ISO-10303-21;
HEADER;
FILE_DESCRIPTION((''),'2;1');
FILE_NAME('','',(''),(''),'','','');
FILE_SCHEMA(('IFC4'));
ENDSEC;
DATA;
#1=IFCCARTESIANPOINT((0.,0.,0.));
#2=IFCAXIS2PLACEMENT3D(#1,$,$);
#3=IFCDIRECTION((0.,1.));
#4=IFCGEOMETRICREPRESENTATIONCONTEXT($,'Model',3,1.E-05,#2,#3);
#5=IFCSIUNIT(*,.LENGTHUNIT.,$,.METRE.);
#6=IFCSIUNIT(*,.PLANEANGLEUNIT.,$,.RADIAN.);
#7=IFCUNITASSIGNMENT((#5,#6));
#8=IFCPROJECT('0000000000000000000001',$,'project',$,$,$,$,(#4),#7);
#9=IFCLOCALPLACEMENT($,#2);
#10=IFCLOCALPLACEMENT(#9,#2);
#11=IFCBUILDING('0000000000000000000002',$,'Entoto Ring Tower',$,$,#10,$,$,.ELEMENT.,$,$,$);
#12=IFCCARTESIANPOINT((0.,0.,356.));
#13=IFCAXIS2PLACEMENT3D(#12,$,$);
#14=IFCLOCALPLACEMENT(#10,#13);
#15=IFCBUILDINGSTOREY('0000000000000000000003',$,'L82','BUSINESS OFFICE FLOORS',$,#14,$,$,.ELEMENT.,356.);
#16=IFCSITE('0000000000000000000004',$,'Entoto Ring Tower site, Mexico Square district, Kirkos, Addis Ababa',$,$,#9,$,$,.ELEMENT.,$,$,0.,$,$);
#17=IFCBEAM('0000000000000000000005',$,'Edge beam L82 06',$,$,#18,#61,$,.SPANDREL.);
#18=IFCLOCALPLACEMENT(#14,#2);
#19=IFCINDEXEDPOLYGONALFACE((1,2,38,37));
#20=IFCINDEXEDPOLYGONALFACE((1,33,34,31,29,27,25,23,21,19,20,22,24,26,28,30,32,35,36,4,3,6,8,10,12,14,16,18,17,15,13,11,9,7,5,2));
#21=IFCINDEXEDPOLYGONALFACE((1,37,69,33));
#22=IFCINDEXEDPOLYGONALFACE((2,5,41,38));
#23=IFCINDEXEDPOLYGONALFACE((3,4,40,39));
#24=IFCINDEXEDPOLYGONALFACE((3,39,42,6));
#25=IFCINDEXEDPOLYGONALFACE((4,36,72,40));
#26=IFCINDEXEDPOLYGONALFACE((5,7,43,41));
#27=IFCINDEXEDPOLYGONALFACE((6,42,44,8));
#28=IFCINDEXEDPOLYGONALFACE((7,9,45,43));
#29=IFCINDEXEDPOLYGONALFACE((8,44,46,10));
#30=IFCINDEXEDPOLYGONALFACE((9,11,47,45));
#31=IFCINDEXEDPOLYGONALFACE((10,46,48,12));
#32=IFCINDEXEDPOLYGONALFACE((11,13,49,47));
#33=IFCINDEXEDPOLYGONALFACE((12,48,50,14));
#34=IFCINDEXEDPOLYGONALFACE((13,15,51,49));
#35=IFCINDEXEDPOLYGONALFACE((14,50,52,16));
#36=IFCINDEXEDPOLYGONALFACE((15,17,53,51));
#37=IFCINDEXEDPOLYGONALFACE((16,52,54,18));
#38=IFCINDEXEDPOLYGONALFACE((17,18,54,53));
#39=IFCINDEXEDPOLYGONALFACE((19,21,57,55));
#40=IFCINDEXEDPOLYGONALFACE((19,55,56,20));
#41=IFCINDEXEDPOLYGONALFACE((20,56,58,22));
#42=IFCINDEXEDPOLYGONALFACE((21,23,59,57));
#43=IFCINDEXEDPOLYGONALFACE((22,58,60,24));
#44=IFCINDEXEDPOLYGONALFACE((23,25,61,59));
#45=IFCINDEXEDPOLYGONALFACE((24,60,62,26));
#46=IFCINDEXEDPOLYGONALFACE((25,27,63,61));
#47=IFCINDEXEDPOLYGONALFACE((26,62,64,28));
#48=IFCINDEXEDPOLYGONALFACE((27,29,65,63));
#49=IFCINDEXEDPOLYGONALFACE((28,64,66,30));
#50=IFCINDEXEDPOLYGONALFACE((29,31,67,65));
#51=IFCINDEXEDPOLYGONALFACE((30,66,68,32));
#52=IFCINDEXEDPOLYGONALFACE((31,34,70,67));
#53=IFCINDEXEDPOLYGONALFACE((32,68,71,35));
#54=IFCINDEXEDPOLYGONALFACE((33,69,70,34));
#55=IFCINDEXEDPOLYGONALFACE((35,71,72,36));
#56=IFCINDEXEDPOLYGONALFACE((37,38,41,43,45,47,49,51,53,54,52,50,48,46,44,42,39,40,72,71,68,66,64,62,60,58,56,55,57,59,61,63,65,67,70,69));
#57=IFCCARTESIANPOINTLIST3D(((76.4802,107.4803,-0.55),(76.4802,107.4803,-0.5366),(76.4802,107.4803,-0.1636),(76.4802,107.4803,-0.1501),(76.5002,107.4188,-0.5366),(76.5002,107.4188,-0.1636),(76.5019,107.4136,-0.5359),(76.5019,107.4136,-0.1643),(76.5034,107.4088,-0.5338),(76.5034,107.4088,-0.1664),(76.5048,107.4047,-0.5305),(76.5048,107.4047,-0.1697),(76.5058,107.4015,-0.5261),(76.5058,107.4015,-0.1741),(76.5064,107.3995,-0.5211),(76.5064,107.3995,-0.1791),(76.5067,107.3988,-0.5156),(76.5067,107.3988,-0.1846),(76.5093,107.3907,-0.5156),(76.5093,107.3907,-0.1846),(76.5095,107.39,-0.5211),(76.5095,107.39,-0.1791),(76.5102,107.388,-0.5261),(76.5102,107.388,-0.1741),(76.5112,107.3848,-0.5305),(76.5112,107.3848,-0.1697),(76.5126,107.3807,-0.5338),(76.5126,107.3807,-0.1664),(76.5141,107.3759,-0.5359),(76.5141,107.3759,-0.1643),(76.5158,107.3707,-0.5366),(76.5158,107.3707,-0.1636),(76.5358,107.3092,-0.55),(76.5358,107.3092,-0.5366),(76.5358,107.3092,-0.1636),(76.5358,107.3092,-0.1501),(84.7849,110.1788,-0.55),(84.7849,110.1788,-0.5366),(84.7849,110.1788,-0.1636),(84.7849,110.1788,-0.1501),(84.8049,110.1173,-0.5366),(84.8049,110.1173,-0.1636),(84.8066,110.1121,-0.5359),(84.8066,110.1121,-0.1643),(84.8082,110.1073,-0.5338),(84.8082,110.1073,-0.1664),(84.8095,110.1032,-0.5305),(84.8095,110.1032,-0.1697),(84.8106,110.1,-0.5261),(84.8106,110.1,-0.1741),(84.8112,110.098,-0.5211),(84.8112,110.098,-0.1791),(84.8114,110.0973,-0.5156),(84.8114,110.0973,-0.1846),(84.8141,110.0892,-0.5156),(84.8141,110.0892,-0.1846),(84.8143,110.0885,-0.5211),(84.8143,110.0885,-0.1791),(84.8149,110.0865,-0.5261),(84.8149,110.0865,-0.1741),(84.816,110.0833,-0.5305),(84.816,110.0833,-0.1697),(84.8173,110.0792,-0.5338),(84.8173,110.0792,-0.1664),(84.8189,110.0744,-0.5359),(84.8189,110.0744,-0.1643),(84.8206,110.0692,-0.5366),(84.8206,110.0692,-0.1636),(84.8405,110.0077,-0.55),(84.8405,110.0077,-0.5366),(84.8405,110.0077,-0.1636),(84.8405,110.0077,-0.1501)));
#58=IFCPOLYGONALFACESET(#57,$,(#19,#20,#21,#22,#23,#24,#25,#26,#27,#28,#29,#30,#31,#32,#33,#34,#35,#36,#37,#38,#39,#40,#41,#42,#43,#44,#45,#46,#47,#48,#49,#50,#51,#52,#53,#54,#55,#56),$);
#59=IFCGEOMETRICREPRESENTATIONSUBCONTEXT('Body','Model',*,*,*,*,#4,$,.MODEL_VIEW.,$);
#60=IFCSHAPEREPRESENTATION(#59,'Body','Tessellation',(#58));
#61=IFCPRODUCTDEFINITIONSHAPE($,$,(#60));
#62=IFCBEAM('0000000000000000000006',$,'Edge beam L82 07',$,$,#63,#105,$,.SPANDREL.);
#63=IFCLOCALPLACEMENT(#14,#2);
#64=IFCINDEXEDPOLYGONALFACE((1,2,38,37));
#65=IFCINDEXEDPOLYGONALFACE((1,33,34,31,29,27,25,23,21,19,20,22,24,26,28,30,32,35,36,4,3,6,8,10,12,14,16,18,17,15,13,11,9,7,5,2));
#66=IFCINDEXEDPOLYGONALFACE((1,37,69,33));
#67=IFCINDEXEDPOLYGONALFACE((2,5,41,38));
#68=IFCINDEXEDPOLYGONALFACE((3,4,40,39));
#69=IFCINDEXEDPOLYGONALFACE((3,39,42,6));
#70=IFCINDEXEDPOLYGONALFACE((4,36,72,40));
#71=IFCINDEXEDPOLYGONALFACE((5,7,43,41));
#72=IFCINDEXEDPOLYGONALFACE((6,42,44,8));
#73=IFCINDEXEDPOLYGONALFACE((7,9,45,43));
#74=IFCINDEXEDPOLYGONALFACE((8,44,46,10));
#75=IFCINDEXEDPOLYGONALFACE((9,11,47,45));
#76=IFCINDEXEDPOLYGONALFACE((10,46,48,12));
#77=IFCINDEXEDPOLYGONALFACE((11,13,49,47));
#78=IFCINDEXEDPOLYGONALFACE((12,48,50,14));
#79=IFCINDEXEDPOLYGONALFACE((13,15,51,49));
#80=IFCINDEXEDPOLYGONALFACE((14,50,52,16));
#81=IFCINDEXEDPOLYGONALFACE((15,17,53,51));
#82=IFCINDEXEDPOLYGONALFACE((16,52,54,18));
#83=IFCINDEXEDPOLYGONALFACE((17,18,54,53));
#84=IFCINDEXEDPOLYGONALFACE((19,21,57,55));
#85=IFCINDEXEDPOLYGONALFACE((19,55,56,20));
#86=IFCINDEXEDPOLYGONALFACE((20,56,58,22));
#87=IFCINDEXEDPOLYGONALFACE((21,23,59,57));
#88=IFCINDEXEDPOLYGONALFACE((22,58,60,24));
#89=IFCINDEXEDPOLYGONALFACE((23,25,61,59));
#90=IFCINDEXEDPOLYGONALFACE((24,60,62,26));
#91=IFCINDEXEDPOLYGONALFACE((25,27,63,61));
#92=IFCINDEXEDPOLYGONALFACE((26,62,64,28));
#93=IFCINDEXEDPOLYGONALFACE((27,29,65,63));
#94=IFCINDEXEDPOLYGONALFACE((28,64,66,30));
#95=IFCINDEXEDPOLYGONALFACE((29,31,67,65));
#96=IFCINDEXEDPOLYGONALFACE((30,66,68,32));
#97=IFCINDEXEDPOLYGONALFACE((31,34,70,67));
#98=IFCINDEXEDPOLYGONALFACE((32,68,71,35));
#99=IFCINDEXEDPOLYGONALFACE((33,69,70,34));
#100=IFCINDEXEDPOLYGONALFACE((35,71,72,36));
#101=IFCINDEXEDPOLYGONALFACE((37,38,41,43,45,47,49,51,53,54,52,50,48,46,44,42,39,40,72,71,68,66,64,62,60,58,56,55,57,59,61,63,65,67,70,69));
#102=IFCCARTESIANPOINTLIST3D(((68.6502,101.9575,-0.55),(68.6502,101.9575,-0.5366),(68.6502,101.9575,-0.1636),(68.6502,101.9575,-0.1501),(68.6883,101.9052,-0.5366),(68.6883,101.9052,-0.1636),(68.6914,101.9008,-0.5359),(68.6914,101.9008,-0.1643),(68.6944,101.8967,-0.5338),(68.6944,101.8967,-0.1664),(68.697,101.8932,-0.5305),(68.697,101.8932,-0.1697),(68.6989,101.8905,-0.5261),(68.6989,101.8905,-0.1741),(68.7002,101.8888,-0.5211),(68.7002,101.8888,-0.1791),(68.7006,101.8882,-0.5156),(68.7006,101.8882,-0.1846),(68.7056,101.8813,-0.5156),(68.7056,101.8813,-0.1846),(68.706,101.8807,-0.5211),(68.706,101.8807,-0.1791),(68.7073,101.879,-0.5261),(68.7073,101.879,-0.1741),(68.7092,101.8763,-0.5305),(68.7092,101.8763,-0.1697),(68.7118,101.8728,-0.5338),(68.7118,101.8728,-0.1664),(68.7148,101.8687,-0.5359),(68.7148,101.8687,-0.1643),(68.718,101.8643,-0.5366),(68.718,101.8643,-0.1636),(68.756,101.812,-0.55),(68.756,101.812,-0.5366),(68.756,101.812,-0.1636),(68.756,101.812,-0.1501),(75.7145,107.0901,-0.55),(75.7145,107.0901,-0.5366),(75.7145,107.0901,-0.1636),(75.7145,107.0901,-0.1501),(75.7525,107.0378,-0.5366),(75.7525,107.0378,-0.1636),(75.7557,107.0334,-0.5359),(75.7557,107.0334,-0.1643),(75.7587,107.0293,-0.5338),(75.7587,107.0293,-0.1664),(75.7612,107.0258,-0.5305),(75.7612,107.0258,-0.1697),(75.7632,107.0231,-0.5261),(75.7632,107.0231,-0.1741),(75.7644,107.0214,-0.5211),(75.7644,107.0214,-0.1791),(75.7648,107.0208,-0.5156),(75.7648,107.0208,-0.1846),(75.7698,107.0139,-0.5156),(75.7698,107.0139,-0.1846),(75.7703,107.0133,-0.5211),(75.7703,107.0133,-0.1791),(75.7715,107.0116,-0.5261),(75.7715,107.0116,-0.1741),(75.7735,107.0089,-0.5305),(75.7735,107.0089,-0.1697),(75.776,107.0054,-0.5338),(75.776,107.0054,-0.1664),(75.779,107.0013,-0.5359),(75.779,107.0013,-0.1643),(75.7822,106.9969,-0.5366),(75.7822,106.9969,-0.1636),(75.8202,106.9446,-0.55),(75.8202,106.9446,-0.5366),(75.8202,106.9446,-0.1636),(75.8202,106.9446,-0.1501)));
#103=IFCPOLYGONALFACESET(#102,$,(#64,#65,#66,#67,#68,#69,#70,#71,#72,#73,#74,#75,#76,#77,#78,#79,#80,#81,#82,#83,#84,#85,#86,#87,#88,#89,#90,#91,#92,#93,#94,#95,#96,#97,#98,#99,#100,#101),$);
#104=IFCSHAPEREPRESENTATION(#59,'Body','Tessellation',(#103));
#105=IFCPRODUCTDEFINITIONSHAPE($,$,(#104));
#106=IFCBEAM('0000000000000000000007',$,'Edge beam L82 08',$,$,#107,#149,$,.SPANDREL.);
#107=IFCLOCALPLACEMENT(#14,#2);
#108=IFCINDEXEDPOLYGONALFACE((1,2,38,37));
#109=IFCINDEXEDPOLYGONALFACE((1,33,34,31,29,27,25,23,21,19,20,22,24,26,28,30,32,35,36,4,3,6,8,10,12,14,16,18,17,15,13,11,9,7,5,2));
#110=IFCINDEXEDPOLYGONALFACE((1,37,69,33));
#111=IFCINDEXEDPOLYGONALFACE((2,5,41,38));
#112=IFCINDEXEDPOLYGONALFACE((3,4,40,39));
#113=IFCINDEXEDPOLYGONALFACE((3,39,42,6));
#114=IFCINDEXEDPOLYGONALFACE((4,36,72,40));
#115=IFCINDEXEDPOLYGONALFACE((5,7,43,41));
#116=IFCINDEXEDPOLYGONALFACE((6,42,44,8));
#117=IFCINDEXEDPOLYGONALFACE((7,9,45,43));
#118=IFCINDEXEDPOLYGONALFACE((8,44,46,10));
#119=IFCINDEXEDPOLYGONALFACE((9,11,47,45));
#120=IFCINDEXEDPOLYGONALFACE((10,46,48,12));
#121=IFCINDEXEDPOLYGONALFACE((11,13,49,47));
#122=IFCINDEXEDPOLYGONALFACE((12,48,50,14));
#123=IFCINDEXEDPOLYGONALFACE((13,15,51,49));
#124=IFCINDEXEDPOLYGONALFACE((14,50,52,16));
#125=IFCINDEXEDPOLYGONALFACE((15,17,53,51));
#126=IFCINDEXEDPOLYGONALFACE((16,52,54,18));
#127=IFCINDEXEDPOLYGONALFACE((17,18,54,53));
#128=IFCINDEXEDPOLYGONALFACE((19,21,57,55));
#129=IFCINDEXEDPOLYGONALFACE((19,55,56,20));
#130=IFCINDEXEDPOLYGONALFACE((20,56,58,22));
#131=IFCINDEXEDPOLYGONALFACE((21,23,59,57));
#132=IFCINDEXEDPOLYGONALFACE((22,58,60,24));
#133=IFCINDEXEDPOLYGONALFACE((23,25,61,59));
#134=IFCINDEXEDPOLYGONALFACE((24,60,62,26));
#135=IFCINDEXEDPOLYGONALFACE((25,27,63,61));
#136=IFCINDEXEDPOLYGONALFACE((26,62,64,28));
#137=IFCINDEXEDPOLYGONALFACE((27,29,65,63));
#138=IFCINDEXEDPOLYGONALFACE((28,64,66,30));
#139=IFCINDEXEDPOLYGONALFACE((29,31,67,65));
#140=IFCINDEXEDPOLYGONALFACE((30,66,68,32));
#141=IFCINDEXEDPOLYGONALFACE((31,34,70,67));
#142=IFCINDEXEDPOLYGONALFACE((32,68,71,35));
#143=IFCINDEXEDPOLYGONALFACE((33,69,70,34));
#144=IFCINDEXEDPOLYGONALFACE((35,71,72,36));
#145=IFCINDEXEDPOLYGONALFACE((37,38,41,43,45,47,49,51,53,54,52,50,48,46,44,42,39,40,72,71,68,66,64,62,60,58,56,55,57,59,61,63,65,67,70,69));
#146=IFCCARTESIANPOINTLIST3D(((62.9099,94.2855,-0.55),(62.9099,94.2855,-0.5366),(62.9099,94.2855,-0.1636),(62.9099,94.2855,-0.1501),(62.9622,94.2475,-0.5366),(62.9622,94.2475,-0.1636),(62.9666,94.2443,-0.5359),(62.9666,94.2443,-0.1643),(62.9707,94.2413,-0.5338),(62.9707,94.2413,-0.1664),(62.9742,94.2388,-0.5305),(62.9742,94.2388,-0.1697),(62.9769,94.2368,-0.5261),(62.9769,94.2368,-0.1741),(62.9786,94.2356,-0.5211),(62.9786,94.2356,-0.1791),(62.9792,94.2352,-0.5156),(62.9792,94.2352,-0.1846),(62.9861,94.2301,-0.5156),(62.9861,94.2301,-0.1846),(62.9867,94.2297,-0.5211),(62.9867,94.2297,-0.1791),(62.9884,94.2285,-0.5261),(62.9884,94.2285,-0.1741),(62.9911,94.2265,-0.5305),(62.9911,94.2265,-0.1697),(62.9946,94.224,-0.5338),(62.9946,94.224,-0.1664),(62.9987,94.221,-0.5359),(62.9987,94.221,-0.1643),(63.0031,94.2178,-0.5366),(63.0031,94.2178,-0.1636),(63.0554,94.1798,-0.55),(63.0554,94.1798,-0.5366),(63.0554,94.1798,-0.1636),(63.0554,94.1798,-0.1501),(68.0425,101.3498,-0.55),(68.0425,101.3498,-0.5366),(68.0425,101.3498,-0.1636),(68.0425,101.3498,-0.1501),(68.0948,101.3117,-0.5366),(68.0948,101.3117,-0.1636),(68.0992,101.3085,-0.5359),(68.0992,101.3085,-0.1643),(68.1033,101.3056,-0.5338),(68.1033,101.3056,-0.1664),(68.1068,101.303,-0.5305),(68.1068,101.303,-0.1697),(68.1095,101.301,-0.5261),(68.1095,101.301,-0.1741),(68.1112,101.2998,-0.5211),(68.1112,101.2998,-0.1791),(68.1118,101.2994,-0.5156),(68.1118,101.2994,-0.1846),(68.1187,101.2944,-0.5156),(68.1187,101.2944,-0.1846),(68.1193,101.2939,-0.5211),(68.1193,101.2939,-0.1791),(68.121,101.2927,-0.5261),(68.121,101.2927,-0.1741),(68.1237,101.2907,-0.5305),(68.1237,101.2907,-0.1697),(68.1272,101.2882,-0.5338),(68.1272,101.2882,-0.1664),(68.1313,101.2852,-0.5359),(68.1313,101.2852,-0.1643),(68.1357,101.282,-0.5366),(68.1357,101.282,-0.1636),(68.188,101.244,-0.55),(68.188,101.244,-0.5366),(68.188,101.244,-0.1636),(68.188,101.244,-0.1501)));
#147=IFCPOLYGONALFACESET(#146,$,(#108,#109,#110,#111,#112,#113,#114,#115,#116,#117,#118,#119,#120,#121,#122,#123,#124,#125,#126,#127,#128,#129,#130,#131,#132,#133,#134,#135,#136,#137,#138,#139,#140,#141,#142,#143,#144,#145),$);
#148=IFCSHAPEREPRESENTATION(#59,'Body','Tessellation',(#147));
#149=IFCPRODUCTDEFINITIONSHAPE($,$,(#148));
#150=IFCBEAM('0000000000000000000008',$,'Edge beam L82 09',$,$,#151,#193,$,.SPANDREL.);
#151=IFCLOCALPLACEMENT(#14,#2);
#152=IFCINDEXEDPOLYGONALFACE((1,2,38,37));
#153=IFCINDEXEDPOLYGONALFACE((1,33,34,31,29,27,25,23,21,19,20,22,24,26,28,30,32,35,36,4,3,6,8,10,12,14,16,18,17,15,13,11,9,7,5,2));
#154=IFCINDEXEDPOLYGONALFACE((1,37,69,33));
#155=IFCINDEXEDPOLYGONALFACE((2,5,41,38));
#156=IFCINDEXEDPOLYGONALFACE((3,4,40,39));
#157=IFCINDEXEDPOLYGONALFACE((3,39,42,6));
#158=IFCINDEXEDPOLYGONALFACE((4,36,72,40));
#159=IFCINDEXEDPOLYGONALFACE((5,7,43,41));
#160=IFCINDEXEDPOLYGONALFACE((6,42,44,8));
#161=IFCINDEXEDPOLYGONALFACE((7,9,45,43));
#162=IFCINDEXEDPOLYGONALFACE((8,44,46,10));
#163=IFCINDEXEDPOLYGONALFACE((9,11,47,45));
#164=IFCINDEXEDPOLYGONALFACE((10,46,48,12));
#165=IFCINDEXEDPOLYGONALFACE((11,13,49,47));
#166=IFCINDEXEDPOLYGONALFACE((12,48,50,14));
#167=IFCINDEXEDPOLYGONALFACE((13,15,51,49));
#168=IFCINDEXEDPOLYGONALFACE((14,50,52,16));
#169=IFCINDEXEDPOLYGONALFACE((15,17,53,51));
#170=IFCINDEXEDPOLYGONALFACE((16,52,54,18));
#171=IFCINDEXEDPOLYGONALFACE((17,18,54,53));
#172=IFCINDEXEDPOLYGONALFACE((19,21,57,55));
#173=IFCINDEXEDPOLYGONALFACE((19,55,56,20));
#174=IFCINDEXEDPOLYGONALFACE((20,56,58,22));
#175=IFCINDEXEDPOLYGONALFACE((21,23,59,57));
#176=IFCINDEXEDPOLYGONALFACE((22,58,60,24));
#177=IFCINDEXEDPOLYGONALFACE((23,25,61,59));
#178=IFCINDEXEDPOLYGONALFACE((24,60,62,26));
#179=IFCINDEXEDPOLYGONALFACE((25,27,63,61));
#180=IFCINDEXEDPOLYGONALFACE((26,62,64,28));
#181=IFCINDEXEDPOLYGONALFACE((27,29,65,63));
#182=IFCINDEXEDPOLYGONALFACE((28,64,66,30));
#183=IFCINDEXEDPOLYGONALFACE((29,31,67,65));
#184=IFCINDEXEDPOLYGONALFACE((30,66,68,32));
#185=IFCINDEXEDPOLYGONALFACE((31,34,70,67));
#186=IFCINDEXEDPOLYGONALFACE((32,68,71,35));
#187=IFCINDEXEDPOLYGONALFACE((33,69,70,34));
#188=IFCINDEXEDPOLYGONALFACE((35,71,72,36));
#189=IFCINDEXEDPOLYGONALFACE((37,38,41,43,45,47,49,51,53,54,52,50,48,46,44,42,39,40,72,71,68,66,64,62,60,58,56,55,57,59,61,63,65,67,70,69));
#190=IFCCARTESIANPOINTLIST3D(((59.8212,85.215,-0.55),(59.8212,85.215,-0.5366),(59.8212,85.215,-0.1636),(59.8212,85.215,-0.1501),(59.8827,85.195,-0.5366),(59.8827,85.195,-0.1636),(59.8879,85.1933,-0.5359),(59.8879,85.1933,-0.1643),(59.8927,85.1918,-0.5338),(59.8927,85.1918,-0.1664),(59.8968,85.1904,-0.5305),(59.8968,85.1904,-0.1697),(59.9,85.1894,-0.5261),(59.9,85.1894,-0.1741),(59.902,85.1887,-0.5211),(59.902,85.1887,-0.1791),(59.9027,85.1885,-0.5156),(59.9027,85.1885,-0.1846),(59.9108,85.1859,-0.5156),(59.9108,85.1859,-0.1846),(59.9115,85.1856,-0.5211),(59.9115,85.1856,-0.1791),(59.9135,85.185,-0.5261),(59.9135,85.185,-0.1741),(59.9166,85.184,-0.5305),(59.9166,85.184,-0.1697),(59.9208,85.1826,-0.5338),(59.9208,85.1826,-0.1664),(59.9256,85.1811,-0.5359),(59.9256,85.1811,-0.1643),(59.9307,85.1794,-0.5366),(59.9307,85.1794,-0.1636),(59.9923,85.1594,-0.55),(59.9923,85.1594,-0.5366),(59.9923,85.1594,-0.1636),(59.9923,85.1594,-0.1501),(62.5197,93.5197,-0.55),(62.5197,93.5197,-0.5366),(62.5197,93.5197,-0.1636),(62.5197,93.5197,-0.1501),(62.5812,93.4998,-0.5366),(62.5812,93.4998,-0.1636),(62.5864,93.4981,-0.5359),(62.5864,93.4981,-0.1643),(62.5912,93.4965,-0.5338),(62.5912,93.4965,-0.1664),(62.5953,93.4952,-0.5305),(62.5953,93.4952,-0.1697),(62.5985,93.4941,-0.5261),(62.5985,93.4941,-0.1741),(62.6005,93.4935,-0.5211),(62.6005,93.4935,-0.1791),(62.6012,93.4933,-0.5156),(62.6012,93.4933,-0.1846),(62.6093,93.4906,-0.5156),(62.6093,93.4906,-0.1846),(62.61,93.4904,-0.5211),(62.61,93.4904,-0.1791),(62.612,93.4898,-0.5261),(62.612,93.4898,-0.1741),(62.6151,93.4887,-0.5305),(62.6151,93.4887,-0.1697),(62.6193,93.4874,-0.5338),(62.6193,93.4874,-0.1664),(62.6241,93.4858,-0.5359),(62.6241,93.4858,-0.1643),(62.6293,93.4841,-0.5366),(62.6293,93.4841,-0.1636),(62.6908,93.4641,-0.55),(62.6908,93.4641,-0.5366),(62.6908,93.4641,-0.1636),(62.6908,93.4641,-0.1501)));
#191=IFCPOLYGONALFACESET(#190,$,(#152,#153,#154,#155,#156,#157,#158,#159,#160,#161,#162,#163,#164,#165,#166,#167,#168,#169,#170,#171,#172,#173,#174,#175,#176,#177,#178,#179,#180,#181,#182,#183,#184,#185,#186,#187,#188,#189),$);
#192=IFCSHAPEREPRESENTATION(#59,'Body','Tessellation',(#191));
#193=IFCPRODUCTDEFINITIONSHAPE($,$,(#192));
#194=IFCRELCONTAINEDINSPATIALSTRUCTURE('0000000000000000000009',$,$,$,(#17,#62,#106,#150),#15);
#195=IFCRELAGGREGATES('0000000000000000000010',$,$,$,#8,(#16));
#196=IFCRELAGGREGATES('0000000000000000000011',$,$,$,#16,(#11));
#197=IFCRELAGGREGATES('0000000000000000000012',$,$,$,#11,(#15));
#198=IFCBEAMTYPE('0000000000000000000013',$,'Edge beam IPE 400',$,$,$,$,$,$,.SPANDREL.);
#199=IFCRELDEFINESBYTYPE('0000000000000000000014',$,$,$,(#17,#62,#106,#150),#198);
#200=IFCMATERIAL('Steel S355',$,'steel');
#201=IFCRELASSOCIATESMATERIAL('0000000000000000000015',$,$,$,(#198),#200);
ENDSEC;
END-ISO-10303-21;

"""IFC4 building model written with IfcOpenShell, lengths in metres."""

from ifc_helpers import new_model, si_unit, direction, frame, origin, origin_2d, place, context, subcontext, project, spatial, i_section, extrude, material, material_profile, profile_set, type_object, element, save


model = new_model("IFC4")

# Units and contexts
model_context = context("Model", 3, precision=1e-05, world=origin(), true_north=direction((0.0, 1.0)))
body_context = subcontext(model_context, "Body", "Model", "MODEL_VIEW")
ifc_project = project(units=[si_unit("LENGTHUNIT", "METRE"), si_unit("PLANEANGLEUNIT", "RADIAN")], contexts=[model_context])

# Site, building, storey
site_placement = place(None, origin())
site = spatial("IfcSite", under=ifc_project, at=site_placement, Name="Entoto Ring Tower site, Mexico Square district, Kirkos, Addis Ababa", CompositionType="ELEMENT", RefElevation=0.0)
building_placement = place(site_placement, origin())
building = spatial("IfcBuilding", under=site, at=building_placement, Name="Entoto Ring Tower", CompositionType="ELEMENT")
storey_placement = place(building_placement, frame((0.0, 0.0, 356.0)))
storey = spatial("IfcBuildingStorey", under=building, at=storey_placement, Name="L82", Description="BUSINESS OFFICE FLOORS", CompositionType="ELEMENT", Elevation=356.0)

# Beams
ifc_material_1 = material(Name="Steel S355", Category="steel")
ifc_material_profile_1 = material_profile(ifc_material_1, i_section(OverallWidth=0.1799, OverallDepth=0.3999, WebThickness=0.0085, FlangeThickness=0.0134, FilletRadius=0.021, at=origin_2d()), Name="IPE 400")
ifc_profile_set_1 = profile_set([ifc_material_profile_1], Name="Steel S355")
beam_type_1 = type_object("IfcBeamType", Name="Edge beam IPE 400", PredefinedType="SPANDREL", material=ifc_profile_set_1)
beam_1_placement = place(storey_placement, frame((84.8127, 110.0933, -0.3501), z_axis=(-0.951052, -0.30903, 0.0), x_axis=(0.30903, -0.951052, 0.0)))
element("IfcBeam", 1, at=beam_1_placement, inside=storey, type_object=beam_type_1, Name="Edge beam L82 06", PredefinedType="SPANDREL", context=body_context, shape_type="SweptSolid", body=[
    extrude(i_section(OverallWidth=0.1799, OverallDepth=0.3999, WebThickness=0.0085, FlangeThickness=0.0134, FilletRadius=0.021, at=origin_2d()), origin(), (0.0, 0.0, 1.0), 8.7322),
])
for number, where, z_axis, x_axis, name in (
    (2, (75.7673, 107.0173, -0.3501), (-0.80901, -0.587794, 0.0), (0.587794, -0.80901, 0.0), "Edge beam L82 07"),
    (3, (68.1152, 101.2969, -0.3501), (-0.587794, -0.80901, 0.0), (0.80901, -0.587794, 0.0), "Edge beam L82 08"),
):
    element("IfcBeam", number, at=place(storey_placement, frame(where, z_axis=z_axis, x_axis=x_axis)), inside=storey, type_object=beam_type_1, Name=name, PredefinedType="SPANDREL", context=body_context, shape_type="SweptSolid", body=[
        extrude(i_section(OverallWidth=0.1799, OverallDepth=0.3999, WebThickness=0.0085, FlangeThickness=0.0134, FilletRadius=0.021, at=origin_2d()), origin(), (0.0, 0.0, 1.0), 8.7319),
    ])
beam_2_placement = place(storey_placement, frame((62.6052, 93.4919, -0.3501), z_axis=(-0.30903, -0.951052, 0.0), x_axis=(0.951052, -0.30903, 0.0)))
element("IfcBeam", 4, at=beam_2_placement, inside=storey, type_object=beam_type_1, Name="Edge beam L82 09", PredefinedType="SPANDREL", context=body_context, shape_type="SweptSolid", body=[
    extrude(i_section(OverallWidth=0.1799, OverallDepth=0.3999, WebThickness=0.0085, FlangeThickness=0.0134, FilletRadius=0.021, at=origin_2d()), origin(), (0.0, 0.0, 1.0), 8.7322),
])

save(model, "model.ifc")
